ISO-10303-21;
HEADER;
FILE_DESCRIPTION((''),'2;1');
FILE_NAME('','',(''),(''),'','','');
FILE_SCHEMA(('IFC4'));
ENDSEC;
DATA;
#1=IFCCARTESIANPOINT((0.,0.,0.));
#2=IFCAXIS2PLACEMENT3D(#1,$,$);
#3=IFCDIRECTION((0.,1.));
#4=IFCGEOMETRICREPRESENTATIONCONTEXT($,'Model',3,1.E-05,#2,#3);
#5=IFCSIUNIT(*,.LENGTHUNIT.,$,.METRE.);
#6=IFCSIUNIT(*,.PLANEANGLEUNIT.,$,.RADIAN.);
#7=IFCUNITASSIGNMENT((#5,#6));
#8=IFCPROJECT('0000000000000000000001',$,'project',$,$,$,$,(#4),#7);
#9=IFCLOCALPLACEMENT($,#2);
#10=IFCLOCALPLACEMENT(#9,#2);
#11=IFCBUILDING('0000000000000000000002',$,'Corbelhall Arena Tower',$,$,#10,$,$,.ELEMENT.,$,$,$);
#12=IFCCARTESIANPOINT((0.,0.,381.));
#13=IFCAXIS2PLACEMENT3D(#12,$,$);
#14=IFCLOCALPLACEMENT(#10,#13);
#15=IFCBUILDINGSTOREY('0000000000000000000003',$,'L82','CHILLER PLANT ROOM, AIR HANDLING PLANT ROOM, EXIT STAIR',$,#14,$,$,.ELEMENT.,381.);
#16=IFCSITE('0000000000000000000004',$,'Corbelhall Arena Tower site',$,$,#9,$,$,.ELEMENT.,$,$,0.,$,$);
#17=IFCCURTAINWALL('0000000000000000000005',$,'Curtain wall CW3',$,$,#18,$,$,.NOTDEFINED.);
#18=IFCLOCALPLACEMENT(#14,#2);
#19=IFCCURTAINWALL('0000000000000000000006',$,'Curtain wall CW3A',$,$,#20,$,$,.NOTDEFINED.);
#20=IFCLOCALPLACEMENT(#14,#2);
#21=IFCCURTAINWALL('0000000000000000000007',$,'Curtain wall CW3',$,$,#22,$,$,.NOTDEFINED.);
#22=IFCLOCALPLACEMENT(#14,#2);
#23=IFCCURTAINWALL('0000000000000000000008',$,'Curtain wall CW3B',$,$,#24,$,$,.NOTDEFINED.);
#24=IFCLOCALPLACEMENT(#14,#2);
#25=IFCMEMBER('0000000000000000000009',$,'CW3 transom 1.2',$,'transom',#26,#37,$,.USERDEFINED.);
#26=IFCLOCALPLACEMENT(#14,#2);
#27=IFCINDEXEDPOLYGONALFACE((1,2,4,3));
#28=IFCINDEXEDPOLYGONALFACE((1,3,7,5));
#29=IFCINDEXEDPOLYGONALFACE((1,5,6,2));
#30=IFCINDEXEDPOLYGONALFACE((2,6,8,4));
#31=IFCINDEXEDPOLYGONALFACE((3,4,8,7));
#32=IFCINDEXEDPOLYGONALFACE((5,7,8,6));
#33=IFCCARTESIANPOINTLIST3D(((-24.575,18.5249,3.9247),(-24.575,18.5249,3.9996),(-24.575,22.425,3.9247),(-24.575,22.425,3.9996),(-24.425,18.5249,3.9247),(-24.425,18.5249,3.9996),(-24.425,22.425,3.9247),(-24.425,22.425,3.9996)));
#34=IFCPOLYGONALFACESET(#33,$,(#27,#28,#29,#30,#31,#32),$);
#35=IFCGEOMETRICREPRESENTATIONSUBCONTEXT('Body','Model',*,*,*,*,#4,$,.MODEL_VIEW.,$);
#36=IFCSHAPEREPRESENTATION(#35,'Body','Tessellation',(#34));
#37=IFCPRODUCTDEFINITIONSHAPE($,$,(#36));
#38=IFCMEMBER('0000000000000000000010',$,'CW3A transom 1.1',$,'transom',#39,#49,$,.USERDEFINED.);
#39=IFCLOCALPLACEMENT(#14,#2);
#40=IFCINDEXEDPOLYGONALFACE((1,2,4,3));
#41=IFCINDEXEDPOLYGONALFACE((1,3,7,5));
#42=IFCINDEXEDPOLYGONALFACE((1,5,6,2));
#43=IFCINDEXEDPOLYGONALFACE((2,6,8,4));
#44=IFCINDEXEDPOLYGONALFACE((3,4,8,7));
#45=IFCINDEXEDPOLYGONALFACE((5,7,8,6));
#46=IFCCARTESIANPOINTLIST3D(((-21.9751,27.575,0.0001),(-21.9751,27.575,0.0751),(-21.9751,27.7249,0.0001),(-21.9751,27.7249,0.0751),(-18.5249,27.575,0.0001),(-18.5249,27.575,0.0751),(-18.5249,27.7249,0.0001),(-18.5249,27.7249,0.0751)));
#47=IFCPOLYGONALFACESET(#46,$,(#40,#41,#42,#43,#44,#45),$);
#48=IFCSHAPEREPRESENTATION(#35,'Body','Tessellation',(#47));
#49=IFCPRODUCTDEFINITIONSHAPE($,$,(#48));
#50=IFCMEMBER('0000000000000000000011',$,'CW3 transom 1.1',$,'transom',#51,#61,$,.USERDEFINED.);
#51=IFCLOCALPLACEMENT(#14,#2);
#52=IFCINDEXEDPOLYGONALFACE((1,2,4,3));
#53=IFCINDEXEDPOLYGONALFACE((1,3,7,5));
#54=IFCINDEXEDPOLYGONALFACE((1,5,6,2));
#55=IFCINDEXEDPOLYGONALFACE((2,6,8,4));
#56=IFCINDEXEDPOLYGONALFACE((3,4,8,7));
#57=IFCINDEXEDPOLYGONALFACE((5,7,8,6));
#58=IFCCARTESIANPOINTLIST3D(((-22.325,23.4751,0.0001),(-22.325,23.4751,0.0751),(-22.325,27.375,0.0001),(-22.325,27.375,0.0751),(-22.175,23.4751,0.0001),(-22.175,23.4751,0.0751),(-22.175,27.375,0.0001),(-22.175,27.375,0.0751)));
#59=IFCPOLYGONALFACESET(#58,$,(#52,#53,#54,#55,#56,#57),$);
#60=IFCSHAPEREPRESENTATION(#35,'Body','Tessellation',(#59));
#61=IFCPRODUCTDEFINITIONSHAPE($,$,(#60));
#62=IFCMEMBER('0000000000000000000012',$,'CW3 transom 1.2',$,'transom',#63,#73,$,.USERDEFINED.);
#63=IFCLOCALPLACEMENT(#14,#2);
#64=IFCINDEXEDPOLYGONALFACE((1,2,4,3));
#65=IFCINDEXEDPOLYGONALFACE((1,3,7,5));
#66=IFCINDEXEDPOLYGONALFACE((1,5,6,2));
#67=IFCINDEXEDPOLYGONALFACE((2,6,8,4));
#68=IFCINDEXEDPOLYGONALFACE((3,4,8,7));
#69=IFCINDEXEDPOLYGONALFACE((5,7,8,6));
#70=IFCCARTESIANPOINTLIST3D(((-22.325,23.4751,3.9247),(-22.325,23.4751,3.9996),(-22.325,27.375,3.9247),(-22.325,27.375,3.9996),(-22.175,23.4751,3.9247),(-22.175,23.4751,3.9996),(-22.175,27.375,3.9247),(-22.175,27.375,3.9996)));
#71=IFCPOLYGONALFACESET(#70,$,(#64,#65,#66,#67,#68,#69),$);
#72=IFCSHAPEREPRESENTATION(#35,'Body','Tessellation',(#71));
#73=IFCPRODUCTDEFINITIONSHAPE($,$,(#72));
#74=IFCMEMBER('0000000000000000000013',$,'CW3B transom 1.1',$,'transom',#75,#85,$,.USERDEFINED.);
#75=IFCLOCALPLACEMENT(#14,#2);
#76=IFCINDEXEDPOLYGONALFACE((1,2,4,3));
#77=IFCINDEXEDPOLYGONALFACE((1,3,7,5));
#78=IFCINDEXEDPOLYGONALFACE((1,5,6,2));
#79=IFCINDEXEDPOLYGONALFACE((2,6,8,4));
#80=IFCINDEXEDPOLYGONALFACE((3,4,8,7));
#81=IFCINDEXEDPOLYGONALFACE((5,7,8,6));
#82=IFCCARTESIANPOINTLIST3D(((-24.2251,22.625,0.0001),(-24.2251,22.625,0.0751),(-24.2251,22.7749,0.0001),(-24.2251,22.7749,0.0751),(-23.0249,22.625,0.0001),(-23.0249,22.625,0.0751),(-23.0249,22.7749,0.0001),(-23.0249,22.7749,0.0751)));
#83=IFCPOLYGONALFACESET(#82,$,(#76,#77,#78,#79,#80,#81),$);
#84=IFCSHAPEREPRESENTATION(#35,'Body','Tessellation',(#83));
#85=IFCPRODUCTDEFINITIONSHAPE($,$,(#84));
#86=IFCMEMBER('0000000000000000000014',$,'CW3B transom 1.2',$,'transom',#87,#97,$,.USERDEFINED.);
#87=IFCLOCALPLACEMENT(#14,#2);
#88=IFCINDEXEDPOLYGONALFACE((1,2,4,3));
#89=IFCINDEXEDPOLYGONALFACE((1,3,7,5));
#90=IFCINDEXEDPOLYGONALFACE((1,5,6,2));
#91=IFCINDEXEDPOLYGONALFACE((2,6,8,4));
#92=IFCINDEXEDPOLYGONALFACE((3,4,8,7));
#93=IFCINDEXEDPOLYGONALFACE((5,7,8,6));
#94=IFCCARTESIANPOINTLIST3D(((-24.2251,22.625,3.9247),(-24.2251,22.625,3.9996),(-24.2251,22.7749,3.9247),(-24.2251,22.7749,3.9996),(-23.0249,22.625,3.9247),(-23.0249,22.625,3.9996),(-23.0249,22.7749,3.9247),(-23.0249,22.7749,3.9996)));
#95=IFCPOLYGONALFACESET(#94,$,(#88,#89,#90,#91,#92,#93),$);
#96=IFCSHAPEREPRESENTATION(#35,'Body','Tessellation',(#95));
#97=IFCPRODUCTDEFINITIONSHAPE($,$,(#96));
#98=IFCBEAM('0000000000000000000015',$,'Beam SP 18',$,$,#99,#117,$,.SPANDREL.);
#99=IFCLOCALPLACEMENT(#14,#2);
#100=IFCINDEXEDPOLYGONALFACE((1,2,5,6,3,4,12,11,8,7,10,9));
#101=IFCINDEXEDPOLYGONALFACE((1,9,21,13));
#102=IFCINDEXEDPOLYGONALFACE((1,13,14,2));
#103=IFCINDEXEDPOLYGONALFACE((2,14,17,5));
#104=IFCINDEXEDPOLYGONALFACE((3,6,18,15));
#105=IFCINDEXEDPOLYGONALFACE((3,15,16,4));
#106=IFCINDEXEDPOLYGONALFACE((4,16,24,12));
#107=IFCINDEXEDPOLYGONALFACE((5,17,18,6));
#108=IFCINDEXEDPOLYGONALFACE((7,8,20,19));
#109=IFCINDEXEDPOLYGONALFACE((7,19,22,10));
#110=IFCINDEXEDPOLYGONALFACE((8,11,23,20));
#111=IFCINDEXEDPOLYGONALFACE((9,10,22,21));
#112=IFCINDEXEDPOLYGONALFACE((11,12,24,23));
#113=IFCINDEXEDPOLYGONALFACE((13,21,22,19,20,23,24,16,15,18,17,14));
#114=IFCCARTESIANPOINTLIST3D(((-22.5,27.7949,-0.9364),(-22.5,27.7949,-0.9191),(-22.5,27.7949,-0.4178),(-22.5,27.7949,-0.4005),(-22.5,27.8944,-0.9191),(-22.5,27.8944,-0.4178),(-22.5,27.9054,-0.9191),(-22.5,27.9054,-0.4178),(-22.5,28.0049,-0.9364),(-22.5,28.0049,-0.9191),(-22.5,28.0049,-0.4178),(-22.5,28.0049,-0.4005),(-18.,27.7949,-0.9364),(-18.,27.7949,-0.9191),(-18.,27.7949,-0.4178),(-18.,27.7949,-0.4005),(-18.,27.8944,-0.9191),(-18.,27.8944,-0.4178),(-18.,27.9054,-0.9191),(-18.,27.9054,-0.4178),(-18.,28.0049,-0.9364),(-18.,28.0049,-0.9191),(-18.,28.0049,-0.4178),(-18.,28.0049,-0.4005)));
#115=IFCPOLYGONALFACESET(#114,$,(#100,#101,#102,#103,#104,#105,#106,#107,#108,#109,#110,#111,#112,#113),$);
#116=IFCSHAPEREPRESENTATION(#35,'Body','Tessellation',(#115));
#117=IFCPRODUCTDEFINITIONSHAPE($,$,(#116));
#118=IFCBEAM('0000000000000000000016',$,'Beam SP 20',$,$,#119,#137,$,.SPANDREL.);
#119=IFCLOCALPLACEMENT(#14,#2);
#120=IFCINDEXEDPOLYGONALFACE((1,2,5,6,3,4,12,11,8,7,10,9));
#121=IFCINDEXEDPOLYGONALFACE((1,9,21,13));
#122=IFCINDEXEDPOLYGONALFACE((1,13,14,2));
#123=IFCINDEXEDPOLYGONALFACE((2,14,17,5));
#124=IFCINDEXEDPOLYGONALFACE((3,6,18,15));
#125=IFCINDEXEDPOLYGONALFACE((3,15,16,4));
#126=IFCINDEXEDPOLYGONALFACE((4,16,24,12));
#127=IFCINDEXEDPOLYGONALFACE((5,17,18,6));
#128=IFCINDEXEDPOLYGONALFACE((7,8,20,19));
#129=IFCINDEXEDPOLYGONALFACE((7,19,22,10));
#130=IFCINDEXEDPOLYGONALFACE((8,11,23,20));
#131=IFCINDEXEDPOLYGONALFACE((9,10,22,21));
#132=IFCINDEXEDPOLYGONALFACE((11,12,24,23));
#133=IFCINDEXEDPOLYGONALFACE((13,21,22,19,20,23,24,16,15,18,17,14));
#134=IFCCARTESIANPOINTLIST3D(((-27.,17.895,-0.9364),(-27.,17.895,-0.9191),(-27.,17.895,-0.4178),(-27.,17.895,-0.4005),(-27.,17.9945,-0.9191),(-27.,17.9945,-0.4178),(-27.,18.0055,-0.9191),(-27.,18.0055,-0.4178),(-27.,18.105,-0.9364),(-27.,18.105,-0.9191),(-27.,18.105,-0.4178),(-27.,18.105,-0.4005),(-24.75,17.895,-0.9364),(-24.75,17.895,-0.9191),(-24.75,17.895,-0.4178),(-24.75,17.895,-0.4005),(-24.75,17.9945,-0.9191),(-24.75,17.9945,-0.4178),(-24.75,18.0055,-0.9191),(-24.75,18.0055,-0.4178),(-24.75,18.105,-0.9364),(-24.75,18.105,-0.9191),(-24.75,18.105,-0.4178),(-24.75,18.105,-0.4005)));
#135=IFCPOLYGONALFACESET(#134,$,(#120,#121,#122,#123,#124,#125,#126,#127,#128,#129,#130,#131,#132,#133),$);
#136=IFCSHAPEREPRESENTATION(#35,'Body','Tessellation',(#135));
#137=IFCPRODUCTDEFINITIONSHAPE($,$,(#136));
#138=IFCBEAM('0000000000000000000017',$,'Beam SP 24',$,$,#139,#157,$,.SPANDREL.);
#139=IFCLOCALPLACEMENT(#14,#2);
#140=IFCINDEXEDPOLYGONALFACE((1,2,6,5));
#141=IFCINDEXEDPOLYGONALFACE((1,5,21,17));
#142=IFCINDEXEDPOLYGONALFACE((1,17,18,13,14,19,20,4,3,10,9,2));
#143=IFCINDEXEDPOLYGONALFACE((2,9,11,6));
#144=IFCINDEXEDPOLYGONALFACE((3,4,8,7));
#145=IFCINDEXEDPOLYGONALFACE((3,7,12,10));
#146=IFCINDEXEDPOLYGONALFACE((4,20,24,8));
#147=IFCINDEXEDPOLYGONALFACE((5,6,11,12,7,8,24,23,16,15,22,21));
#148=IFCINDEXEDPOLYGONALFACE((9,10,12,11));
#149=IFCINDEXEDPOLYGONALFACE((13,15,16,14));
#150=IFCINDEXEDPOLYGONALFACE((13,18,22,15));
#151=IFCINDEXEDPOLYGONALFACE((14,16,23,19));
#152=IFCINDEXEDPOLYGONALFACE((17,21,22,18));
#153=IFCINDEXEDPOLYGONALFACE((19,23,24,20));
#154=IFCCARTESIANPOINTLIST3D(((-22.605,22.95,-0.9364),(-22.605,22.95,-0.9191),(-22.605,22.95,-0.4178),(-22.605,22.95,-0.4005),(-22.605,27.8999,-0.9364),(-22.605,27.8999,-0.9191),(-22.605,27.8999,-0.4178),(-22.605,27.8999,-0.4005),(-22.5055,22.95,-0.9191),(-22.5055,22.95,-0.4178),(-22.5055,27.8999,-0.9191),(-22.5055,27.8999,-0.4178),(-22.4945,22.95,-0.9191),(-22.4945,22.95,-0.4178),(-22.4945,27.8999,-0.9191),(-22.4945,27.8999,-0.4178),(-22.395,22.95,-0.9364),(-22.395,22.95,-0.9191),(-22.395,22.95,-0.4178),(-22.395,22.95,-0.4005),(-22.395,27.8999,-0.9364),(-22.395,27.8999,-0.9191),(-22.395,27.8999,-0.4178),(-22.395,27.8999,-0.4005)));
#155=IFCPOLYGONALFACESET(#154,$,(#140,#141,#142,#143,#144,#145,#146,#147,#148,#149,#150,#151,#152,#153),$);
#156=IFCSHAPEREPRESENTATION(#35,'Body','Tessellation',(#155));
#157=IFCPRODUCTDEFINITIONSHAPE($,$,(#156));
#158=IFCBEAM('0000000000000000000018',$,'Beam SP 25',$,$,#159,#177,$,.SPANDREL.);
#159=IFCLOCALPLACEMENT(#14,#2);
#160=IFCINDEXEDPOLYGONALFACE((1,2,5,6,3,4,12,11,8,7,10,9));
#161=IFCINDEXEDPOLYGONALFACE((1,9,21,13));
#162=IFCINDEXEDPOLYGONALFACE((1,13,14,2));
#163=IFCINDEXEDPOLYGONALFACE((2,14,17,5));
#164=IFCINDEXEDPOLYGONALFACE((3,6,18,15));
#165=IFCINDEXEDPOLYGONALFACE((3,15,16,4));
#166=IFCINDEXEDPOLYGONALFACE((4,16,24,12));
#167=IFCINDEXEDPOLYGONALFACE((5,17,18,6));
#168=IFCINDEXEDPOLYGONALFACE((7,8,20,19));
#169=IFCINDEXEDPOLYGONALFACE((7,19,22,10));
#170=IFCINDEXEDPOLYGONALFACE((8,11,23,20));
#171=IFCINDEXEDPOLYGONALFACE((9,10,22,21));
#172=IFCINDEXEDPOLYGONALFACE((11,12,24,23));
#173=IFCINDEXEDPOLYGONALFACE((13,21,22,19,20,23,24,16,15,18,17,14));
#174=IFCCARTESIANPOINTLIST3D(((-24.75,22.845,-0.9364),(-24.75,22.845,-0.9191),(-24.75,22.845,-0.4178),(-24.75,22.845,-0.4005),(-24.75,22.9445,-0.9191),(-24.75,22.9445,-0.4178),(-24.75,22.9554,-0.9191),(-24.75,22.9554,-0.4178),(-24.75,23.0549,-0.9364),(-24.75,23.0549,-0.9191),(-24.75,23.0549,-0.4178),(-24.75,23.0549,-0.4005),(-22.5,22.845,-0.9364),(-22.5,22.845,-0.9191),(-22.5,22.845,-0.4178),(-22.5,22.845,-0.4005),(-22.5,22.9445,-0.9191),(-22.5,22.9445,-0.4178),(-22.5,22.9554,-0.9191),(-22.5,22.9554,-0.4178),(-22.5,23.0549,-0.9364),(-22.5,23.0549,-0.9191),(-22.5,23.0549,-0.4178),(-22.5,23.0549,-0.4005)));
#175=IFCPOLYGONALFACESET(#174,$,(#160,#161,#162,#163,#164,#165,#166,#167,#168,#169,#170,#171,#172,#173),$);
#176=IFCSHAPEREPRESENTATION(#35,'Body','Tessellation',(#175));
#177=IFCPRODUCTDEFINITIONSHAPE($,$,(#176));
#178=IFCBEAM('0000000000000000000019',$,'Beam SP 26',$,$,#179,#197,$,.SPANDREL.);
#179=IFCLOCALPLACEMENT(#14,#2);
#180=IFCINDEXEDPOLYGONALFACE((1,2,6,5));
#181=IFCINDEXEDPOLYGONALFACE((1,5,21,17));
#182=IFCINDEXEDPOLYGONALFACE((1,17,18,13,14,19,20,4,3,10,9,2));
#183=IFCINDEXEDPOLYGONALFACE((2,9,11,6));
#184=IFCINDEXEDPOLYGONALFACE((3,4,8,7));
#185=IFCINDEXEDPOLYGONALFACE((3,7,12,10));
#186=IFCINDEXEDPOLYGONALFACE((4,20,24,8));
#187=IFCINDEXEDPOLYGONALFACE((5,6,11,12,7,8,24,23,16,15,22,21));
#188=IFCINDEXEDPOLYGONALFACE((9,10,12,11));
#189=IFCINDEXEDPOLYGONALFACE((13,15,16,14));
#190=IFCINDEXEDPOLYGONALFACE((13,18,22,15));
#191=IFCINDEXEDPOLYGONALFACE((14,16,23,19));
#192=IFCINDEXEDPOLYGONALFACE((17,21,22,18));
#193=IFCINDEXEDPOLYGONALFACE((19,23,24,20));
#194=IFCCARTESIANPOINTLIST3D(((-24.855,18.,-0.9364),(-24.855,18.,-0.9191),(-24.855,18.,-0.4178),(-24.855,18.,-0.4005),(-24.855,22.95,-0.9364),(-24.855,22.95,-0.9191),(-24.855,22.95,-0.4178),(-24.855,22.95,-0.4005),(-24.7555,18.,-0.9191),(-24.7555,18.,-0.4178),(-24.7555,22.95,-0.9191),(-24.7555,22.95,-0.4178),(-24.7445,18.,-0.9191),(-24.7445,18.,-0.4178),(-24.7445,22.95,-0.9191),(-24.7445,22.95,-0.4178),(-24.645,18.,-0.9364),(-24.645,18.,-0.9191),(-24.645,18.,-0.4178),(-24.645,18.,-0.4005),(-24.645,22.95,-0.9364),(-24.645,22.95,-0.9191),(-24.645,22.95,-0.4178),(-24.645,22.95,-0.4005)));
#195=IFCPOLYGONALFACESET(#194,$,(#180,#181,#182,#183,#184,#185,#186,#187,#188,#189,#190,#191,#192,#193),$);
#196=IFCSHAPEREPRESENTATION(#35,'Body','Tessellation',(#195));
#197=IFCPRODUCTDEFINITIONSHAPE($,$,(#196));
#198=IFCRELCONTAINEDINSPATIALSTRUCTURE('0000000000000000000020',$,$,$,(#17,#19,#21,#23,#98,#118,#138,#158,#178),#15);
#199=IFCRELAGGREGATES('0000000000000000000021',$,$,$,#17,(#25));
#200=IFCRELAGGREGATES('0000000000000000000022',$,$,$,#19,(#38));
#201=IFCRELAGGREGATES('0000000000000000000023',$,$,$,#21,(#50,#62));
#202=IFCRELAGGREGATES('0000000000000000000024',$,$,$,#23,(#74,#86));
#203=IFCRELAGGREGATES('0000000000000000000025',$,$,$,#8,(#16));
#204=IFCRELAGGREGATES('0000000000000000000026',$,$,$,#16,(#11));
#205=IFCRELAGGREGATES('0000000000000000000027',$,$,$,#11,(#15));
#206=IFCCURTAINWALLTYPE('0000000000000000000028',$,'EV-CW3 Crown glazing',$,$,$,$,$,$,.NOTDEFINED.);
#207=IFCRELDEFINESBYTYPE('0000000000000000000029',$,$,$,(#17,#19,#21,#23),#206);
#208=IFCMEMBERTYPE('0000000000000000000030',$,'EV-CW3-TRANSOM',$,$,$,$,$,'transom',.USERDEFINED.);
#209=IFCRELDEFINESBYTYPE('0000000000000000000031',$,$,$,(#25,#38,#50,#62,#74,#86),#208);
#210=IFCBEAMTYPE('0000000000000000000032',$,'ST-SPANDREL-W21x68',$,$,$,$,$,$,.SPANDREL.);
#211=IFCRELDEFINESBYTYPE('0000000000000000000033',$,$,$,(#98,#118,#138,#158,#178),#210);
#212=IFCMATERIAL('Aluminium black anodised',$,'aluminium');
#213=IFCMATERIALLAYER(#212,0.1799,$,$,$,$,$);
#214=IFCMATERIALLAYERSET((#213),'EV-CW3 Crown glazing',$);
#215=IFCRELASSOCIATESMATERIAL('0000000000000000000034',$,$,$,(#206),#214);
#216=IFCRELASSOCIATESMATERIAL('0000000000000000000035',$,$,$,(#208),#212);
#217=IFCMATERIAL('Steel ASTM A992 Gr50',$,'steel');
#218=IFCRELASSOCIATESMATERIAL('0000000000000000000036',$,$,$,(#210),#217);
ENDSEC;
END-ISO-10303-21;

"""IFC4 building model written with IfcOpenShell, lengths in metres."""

from ifc_helpers import new_model, si_unit, direction, frame, origin, origin_2d, place, context, subcontext, project, spatial, rectangle, i_section, extrude, material, layer, layer_set, material_profile, profile_set, type_object, element, aggregate, save


model = new_model("IFC4")

# Units and contexts
model_context = context("Model", 3, precision=1e-05, world=origin(), true_north=direction((0.0, 1.0)))
body_context = subcontext(model_context, "Body", "Model", "MODEL_VIEW")
ifc_project = project(units=[si_unit("LENGTHUNIT", "METRE"), si_unit("PLANEANGLEUNIT", "RADIAN")], contexts=[model_context])

# Site, building, storey
site_placement = place(None, origin())
site = spatial("IfcSite", under=ifc_project, at=site_placement, Name="Corbelhall Arena Tower site", CompositionType="ELEMENT", RefElevation=0.0)
building_placement = place(site_placement, origin())
building = spatial("IfcBuilding", under=site, at=building_placement, Name="Corbelhall Arena Tower", CompositionType="ELEMENT")
storey_placement = place(building_placement, frame((0.0, 0.0, 381.0)))
storey = spatial("IfcBuildingStorey", under=building, at=storey_placement, Name="L82", Description="CHILLER PLANT ROOM, AIR HANDLING PLANT ROOM, EXIT STAIR", CompositionType="ELEMENT", Elevation=381.0)

# Curtain wall
ifc_material_1 = material(Name="Aluminium black anodised", Category="aluminium")
ifc_layer_1 = layer(ifc_material_1, 0.1799)
ifc_layer_set_1 = layer_set([ifc_layer_1], Name="EV-CW3 Crown glazing")
curtain_wall_type = type_object("IfcCurtainWallType", Name="EV-CW3 Crown glazing", PredefinedType="NOTDEFINED", material=ifc_layer_set_1)
curtain_wall_1_placement = place(storey_placement, origin())
curtain_wall_1 = element("IfcCurtainWall", 1, at=curtain_wall_1_placement, inside=storey, type_object=curtain_wall_type, Name="Curtain wall CW3", PredefinedType="NOTDEFINED")

# Curtain wall
curtain_wall_2_placement = place(storey_placement, origin())
curtain_wall_2 = element("IfcCurtainWall", 2, at=curtain_wall_2_placement, inside=storey, type_object=curtain_wall_type, Name="Curtain wall CW3A", PredefinedType="NOTDEFINED")

# Curtain walls
curtain_wall_3_placement = place(storey_placement, origin())
curtain_wall_3 = element("IfcCurtainWall", 3, at=curtain_wall_3_placement, inside=storey, type_object=curtain_wall_type, Name="Curtain wall CW3", PredefinedType="NOTDEFINED")
curtain_wall_4_placement = place(storey_placement, origin())
curtain_wall_4 = element("IfcCurtainWall", 4, at=curtain_wall_4_placement, inside=storey, type_object=curtain_wall_type, Name="Curtain wall CW3B", PredefinedType="NOTDEFINED")

# Members
ifc_material_profile_1 = material_profile(ifc_material_1, rectangle(XDim=0.1499, YDim=0.075, at=origin_2d()))
ifc_profile_set_1 = profile_set([ifc_material_profile_1], Name="Aluminium black anodised")
member_type_1 = type_object("IfcMemberType", Name="EV-CW3-TRANSOM", ElementType="transom", PredefinedType="USERDEFINED", material=ifc_profile_set_1)
member_1_placement = place(storey_placement, frame((-24.5, 22.425, 3.9622), z_axis=(0.0, -1.0, 0.0), x_axis=(1.0, 0.0, 0.0)))
member_1 = element("IfcMember", 5, at=member_1_placement, type_object=member_type_1, Name="CW3 transom 1.2", ObjectType="transom", PredefinedType="USERDEFINED", context=body_context, shape_type="SweptSolid", body=[
    extrude(rectangle(XDim=0.1499, YDim=0.075, at=origin_2d()), origin(), (0.0, 0.0, 1.0), 3.9001),
])
member_2_placement = place(storey_placement, frame((-18.5249, 27.6499, 0.0376), z_axis=(-1.0, 0.0, 0.0), x_axis=(0.0, -1.0, 0.0)))
member_2 = element("IfcMember", 6, at=member_2_placement, type_object=member_type_1, Name="CW3A transom 1.1", ObjectType="transom", PredefinedType="USERDEFINED", context=body_context, shape_type="SweptSolid", body=[
    extrude(rectangle(XDim=0.1499, YDim=0.075, at=origin_2d()), origin(), (0.0, 0.0, 1.0), 3.4502),
])
member_3_placement = place(storey_placement, frame((-22.25, 27.375, 0.0376), z_axis=(0.0, -1.0, 0.0), x_axis=(1.0, 0.0, 0.0)))
member_3 = element("IfcMember", 7, at=member_3_placement, type_object=member_type_1, Name="CW3 transom 1.1", ObjectType="transom", PredefinedType="USERDEFINED", context=body_context, shape_type="SweptSolid", body=[
    extrude(rectangle(XDim=0.1499, YDim=0.075, at=origin_2d()), origin(), (0.0, 0.0, 1.0), 3.8999),
])
member_4_placement = place(storey_placement, frame((-22.25, 27.375, 3.9622), z_axis=(0.0, -1.0, 0.0), x_axis=(1.0, 0.0, 0.0)))
member_4 = element("IfcMember", 8, at=member_4_placement, type_object=member_type_1, Name="CW3 transom 1.2", ObjectType="transom", PredefinedType="USERDEFINED", context=body_context, shape_type="SweptSolid", body=[
    extrude(rectangle(XDim=0.1499, YDim=0.075, at=origin_2d()), origin(), (0.0, 0.0, 1.0), 3.8999),
])
member_5_placement = place(storey_placement, frame((-23.0249, 22.7, 0.0376), z_axis=(-1.0, 0.0, 0.0), x_axis=(0.0, -1.0, 0.0)))
member_5 = element("IfcMember", 9, at=member_5_placement, type_object=member_type_1, Name="CW3B transom 1.1", ObjectType="transom", PredefinedType="USERDEFINED", context=body_context, shape_type="SweptSolid", body=[
    extrude(rectangle(XDim=0.1499, YDim=0.075, at=origin_2d()), origin(), (0.0, 0.0, 1.0), 1.2002),
])
member_6_placement = place(storey_placement, frame((-23.0249, 22.7, 3.9622), z_axis=(-1.0, 0.0, 0.0), x_axis=(0.0, -1.0, 0.0)))
member_6 = element("IfcMember", 10, at=member_6_placement, type_object=member_type_1, Name="CW3B transom 1.2", ObjectType="transom", PredefinedType="USERDEFINED", context=body_context, shape_type="SweptSolid", body=[
    extrude(rectangle(XDim=0.1499, YDim=0.075, at=origin_2d()), origin(), (0.0, 0.0, 1.0), 1.2002),
])

# Beams
ifc_material_2 = material(Name="Steel ASTM A992 Gr50", Category="steel")
ifc_material_profile_2 = material_profile(ifc_material_2, i_section(OverallWidth=0.21, OverallDepth=0.5359, WebThickness=0.011, FlangeThickness=0.0173, at=origin_2d()))
ifc_profile_set_2 = profile_set([ifc_material_profile_2], Name="Steel ASTM A992 Gr50")
beam_type = type_object("IfcBeamType", Name="ST-SPANDREL-W21x68", PredefinedType="SPANDREL", material=ifc_profile_set_2)
beam_1_placement = place(storey_placement, frame((-22.5, 27.8999, -0.6685), z_axis=(1.0, 0.0, 0.0), x_axis=(0.0, 1.0, 0.0)))
element("IfcBeam", 11, at=beam_1_placement, inside=storey, type_object=beam_type, Name="Beam SP 18", PredefinedType="SPANDREL", context=body_context, shape_type="SweptSolid", body=[
    extrude(i_section(OverallWidth=0.21, OverallDepth=0.5359, WebThickness=0.011, FlangeThickness=0.0173, at=origin_2d()), origin(), (0.0, 0.0, 1.0), 4.5),
])
beam_2_placement = place(storey_placement, frame((-27.0, 18.0, -0.6685), z_axis=(1.0, 0.0, 0.0), x_axis=(0.0, 1.0, 0.0)))
element("IfcBeam", 12, at=beam_2_placement, inside=storey, type_object=beam_type, Name="Beam SP 20", PredefinedType="SPANDREL", context=body_context, shape_type="SweptSolid", body=[
    extrude(i_section(OverallWidth=0.21, OverallDepth=0.5359, WebThickness=0.011, FlangeThickness=0.0173, at=origin_2d()), origin(), (0.0, 0.0, 1.0), 2.25),
])
beam_3_placement = place(storey_placement, frame((-22.5, 22.95, -0.6685), z_axis=(0.0, 1.0, 0.0), x_axis=(-1.0, 0.0, 0.0)))
element("IfcBeam", 13, at=beam_3_placement, inside=storey, type_object=beam_type, Name="Beam SP 24", PredefinedType="SPANDREL", context=body_context, shape_type="SweptSolid", body=[
    extrude(i_section(OverallWidth=0.21, OverallDepth=0.5359, WebThickness=0.011, FlangeThickness=0.0173, at=origin_2d()), origin(), (0.0, 0.0, 1.0), 4.95),
])
beam_4_placement = place(storey_placement, frame((-24.75, 22.95, -0.6685), z_axis=(1.0, 0.0, 0.0), x_axis=(0.0, 1.0, 0.0)))
element("IfcBeam", 14, at=beam_4_placement, inside=storey, type_object=beam_type, Name="Beam SP 25", PredefinedType="SPANDREL", context=body_context, shape_type="SweptSolid", body=[
    extrude(i_section(OverallWidth=0.21, OverallDepth=0.5359, WebThickness=0.011, FlangeThickness=0.0173, at=origin_2d()), origin(), (0.0, 0.0, 1.0), 2.25),
])
beam_5_placement = place(storey_placement, frame((-24.75, 18.0, -0.6685), z_axis=(0.0, 1.0, 0.0), x_axis=(-1.0, 0.0, 0.0)))
element("IfcBeam", 15, at=beam_5_placement, inside=storey, type_object=beam_type, Name="Beam SP 26", PredefinedType="SPANDREL", context=body_context, shape_type="SweptSolid", body=[
    extrude(i_section(OverallWidth=0.21, OverallDepth=0.5359, WebThickness=0.011, FlangeThickness=0.0173, at=origin_2d()), origin(), (0.0, 0.0, 1.0), 4.95),
])

aggregate(curtain_wall_1, [member_1])
aggregate(curtain_wall_2, [member_2])
aggregate(curtain_wall_3, [member_3, member_4])
aggregate(curtain_wall_4, [member_5, member_6])

save(model, "model.ifc")
